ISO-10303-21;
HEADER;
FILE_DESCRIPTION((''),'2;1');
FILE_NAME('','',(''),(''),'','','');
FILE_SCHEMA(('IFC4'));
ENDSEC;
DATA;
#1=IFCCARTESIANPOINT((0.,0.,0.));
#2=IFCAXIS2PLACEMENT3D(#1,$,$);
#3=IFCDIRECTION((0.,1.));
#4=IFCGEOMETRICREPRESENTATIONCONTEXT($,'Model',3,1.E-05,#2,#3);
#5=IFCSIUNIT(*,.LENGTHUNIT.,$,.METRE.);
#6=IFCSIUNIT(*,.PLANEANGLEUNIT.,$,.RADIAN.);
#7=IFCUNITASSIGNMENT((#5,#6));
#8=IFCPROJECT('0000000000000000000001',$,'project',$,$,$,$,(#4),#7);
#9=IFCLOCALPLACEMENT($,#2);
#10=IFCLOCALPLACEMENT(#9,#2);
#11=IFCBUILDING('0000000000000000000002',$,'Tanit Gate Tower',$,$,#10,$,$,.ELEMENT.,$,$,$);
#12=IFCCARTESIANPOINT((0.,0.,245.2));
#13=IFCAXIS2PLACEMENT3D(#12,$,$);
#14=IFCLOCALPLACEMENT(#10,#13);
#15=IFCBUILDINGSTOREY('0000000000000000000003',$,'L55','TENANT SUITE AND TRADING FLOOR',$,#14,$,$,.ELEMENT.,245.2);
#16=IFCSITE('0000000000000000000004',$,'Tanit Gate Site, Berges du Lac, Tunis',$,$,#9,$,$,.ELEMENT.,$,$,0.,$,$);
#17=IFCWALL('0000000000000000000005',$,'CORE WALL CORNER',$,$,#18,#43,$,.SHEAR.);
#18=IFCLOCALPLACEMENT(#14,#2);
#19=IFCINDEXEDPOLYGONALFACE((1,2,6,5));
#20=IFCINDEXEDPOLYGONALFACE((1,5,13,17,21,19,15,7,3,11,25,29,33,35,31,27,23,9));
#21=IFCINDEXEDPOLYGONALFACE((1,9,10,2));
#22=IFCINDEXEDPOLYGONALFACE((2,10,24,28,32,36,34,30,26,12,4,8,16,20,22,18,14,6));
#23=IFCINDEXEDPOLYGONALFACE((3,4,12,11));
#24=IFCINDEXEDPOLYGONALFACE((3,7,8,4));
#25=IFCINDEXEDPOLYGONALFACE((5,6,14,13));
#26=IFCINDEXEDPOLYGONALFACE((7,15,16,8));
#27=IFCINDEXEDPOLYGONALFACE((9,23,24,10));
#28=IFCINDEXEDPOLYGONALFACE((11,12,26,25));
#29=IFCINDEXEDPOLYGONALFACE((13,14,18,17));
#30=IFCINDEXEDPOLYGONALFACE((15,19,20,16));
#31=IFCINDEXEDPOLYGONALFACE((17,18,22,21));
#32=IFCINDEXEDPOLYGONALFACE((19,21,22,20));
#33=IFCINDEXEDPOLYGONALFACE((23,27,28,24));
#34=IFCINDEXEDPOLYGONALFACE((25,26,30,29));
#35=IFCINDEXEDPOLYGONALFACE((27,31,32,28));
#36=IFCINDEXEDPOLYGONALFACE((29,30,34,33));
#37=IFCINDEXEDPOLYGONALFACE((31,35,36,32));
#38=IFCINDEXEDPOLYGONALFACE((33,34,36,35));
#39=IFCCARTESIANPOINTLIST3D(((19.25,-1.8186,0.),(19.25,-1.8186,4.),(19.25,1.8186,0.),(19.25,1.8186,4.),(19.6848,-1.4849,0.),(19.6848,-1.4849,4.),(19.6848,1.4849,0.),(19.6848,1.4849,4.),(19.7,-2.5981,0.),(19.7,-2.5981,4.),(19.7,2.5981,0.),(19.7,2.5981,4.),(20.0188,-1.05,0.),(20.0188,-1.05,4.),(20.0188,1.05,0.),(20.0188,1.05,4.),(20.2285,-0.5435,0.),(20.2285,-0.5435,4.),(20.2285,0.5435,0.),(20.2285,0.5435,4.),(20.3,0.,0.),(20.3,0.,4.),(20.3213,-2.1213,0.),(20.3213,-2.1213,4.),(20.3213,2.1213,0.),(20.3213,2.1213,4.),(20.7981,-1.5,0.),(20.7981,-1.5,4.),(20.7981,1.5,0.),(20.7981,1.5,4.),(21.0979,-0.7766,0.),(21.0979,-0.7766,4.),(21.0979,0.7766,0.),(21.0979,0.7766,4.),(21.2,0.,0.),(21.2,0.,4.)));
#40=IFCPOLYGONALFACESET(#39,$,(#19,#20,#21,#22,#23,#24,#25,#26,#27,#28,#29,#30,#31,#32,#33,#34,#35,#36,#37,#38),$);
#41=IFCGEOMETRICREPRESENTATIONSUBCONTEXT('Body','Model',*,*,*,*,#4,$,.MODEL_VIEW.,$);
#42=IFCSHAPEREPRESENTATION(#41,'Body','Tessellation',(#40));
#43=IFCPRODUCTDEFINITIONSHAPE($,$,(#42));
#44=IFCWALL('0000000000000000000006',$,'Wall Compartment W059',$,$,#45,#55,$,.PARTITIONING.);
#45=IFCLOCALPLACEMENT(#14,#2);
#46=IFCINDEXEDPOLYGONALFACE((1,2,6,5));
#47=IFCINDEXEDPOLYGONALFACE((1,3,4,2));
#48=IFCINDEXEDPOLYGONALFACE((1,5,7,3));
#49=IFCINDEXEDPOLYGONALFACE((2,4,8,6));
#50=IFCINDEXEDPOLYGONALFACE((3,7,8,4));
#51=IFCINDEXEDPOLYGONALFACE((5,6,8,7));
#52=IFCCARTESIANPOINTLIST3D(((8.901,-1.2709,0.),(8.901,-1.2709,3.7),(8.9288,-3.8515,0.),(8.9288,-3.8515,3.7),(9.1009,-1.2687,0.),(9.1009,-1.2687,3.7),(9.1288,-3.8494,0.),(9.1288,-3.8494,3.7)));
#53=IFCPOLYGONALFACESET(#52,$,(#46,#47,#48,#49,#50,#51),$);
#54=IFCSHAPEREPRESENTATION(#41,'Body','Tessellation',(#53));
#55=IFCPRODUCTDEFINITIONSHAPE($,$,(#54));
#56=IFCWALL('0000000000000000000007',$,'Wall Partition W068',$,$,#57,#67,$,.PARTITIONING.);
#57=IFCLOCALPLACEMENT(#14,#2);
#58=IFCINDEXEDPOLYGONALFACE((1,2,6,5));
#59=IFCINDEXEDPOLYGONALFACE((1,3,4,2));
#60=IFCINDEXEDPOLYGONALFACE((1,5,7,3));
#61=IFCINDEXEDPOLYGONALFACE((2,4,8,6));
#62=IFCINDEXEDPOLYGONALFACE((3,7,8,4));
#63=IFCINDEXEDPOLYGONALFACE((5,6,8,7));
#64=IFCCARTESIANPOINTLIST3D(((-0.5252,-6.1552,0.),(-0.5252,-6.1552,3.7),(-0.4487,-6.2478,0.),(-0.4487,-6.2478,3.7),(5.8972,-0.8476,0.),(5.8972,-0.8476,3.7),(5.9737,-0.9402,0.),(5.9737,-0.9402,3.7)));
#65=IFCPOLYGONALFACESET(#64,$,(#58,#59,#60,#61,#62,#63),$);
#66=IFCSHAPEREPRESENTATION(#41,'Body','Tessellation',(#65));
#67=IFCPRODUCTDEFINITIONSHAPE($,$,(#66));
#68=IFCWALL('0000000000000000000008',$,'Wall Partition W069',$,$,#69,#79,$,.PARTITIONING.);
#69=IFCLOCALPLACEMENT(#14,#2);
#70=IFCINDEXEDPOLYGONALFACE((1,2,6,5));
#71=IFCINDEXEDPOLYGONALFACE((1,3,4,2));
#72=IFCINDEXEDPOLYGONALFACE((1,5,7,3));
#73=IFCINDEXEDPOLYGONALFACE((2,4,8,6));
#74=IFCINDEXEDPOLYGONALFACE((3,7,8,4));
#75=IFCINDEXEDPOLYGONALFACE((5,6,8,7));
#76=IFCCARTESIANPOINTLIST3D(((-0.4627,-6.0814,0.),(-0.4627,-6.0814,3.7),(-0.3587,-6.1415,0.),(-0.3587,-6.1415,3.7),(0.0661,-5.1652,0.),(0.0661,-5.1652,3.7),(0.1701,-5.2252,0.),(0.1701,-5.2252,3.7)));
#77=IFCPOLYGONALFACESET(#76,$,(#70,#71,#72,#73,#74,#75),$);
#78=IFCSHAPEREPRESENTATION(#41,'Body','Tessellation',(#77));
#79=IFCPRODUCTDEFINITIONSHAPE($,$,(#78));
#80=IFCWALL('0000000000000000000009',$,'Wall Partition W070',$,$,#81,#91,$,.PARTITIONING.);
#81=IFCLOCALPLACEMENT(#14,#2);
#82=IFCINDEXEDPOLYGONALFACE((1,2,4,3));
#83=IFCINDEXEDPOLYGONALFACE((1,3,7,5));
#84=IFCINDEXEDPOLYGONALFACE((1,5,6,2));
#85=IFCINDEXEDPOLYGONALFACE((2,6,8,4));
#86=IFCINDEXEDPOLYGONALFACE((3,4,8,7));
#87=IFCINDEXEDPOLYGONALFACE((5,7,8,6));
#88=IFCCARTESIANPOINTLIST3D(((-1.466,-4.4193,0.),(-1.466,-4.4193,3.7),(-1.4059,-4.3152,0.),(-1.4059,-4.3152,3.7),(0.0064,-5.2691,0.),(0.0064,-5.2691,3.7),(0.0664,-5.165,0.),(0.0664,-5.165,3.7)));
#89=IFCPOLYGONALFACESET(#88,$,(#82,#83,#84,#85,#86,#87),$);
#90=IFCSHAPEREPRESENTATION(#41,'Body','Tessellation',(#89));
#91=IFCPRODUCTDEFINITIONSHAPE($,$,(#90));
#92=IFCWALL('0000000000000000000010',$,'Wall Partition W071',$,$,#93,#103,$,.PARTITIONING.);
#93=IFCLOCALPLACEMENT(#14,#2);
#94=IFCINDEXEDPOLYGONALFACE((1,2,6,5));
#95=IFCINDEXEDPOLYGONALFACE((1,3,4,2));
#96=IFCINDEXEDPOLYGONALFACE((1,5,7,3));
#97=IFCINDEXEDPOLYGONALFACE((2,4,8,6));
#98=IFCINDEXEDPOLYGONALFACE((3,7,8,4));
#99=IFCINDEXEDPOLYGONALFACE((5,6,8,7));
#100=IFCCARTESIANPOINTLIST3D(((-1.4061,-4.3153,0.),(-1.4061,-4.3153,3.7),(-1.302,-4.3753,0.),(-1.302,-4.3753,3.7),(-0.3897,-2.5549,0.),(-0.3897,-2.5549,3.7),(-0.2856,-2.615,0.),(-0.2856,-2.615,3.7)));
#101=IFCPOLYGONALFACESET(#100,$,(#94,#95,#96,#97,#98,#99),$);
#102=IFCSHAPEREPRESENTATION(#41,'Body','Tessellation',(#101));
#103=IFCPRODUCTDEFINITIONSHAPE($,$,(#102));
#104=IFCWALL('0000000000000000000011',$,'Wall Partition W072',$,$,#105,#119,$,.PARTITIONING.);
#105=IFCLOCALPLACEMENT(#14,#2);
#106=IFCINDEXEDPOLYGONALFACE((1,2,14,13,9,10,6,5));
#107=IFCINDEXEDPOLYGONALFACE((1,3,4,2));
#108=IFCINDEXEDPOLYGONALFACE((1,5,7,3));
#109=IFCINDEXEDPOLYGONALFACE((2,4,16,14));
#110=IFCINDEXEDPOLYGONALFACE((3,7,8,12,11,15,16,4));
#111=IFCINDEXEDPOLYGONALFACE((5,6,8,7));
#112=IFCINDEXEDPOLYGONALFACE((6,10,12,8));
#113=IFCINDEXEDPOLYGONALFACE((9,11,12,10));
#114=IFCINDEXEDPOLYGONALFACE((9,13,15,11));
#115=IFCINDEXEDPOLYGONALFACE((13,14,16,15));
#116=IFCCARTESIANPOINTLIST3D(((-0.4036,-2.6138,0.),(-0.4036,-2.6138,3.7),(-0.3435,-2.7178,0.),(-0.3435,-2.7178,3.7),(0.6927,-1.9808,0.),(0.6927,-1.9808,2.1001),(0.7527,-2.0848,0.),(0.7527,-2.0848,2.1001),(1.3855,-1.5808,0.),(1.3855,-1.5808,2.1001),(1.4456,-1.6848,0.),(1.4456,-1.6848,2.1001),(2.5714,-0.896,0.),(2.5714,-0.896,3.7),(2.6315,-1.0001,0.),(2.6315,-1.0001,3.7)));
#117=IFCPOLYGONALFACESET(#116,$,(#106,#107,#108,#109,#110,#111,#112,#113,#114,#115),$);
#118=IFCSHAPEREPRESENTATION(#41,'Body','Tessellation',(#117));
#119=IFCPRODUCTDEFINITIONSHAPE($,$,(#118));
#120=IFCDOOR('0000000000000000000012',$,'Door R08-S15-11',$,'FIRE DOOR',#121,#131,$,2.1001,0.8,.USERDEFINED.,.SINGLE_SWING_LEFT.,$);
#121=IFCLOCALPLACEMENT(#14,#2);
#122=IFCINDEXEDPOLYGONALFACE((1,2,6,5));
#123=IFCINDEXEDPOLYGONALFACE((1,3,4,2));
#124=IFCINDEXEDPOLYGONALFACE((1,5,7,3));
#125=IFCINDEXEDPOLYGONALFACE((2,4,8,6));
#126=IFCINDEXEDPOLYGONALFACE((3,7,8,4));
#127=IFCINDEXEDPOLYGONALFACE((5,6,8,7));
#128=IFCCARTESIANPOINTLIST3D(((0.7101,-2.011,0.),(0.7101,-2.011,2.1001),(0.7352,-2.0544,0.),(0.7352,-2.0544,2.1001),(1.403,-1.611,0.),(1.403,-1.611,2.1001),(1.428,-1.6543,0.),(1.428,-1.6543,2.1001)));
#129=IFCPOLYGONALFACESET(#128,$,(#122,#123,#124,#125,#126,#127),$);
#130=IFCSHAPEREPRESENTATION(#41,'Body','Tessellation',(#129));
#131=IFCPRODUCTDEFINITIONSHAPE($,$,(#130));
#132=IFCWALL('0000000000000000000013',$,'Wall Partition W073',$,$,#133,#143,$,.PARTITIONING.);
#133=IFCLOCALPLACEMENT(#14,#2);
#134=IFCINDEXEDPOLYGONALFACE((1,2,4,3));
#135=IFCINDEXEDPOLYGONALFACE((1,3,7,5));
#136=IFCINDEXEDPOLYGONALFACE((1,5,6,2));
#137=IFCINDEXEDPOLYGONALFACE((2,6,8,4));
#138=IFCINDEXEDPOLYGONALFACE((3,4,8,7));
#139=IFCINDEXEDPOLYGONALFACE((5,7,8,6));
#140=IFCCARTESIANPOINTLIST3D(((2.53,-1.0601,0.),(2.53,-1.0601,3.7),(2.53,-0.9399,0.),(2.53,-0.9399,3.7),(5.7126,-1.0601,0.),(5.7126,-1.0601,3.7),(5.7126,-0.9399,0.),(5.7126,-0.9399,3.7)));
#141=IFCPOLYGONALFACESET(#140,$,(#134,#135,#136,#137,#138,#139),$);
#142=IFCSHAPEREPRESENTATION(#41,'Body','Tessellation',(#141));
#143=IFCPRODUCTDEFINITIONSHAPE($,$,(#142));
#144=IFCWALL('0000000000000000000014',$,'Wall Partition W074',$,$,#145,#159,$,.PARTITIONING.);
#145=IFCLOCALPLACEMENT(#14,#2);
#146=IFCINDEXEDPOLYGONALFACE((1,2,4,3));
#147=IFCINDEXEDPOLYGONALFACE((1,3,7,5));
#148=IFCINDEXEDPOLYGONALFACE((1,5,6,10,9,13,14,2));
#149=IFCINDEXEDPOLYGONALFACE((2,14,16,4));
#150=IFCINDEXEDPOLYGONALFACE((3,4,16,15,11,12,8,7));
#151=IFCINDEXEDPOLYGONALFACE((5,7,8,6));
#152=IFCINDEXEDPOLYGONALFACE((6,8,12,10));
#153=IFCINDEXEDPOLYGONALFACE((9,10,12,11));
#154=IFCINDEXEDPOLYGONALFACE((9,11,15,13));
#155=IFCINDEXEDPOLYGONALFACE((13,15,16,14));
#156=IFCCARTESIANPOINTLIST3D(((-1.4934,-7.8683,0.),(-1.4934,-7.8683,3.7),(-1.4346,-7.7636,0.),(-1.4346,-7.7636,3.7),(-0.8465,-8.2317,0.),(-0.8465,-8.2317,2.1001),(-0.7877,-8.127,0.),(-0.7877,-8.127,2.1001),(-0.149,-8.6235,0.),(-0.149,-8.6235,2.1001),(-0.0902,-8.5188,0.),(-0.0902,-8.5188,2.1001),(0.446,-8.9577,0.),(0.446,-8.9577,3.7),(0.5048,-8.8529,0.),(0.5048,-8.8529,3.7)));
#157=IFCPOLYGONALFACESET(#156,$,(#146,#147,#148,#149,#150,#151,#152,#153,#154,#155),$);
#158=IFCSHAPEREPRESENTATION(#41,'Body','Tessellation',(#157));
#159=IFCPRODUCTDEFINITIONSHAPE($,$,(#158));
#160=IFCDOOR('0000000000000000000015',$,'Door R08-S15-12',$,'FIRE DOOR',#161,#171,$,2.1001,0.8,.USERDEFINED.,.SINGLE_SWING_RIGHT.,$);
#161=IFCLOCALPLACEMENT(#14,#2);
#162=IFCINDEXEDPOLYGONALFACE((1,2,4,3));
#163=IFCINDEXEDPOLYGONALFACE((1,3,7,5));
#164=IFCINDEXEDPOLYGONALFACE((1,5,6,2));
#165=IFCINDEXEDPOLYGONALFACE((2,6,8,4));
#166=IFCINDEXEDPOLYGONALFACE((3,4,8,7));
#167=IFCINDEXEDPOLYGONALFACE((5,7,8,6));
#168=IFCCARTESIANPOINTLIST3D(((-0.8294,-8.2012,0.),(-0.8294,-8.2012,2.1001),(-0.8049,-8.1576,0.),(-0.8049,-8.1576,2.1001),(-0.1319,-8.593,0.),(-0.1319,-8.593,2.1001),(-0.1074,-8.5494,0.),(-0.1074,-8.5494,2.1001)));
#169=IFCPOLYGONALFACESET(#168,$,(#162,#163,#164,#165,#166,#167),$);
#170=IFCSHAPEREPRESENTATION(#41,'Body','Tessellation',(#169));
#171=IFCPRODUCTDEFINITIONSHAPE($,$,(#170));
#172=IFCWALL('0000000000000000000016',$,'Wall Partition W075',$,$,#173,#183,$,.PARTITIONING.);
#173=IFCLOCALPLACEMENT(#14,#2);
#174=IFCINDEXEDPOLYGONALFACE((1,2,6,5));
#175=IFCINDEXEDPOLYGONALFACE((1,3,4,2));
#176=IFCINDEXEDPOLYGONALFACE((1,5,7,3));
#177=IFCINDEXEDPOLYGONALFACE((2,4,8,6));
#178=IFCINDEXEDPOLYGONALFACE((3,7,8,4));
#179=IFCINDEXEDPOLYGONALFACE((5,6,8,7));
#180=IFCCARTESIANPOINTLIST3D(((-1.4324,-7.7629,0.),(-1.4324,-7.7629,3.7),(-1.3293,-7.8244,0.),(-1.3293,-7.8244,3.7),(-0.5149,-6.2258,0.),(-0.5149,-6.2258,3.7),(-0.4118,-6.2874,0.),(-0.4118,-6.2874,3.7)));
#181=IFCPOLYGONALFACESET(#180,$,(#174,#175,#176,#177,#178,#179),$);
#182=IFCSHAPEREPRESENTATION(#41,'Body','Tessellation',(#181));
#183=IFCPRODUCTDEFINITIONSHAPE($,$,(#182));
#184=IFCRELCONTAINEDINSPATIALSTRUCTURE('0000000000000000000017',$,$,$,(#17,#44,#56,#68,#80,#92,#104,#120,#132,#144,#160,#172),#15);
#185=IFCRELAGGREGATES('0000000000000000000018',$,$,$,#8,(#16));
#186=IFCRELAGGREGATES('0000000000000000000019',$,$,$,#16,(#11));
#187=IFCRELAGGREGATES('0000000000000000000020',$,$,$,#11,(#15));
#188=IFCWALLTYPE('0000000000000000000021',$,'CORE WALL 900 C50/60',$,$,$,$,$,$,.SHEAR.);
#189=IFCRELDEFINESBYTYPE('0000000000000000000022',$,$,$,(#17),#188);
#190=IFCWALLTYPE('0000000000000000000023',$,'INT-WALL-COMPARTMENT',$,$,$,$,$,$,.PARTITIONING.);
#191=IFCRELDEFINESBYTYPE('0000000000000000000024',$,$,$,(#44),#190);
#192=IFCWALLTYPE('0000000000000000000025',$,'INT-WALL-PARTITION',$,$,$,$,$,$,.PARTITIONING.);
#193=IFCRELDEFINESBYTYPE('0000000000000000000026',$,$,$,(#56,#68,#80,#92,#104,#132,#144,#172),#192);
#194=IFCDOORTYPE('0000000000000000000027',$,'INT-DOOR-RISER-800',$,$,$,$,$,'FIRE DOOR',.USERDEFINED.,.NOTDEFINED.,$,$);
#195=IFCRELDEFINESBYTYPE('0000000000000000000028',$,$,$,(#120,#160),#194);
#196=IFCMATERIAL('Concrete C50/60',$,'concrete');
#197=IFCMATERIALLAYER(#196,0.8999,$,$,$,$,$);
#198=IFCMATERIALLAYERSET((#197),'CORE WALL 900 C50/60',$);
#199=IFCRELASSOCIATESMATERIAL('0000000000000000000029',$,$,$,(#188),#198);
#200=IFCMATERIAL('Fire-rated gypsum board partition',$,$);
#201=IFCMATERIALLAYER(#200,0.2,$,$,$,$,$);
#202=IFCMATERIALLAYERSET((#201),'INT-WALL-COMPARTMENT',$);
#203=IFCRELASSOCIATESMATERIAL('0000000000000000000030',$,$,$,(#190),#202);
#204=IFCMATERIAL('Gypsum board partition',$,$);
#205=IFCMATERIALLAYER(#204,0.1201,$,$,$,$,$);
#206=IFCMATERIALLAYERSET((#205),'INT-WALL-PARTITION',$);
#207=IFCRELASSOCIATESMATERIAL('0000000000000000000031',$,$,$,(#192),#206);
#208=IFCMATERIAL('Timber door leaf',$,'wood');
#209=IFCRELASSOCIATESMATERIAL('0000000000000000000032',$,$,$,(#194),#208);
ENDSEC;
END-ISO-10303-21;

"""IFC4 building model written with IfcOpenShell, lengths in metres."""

from ifc_helpers import new_model, si_unit, direction, frame, frame_2d, origin, place, context, subcontext, project, spatial, polyline, rectangle, outline, extrude, material, layer, layer_set, type_object, element, fill, save


model = new_model("IFC4")

# Units and contexts
model_context = context("Model", 3, precision=1e-05, world=origin(), true_north=direction((0.0, 1.0)))
body_context = subcontext(model_context, "Body", "Model", "MODEL_VIEW")
ifc_project = project(units=[si_unit("LENGTHUNIT", "METRE"), si_unit("PLANEANGLEUNIT", "RADIAN")], contexts=[model_context])

# Site, building, storey
site_placement = place(None, origin())
site = spatial("IfcSite", under=ifc_project, at=site_placement, Name="Tanit Gate Site, Berges du Lac, Tunis", CompositionType="ELEMENT", RefElevation=0.0)
building_placement = place(site_placement, origin())
building = spatial("IfcBuilding", under=site, at=building_placement, Name="Tanit Gate Tower", CompositionType="ELEMENT")
storey_placement = place(building_placement, frame((0.0, 0.0, 245.2)))
storey = spatial("IfcBuildingStorey", under=building, at=storey_placement, Name="L55", Description="TENANT SUITE AND TRADING FLOOR", CompositionType="ELEMENT", Elevation=245.2)

# Walls
ifc_material_1 = material(Name="Concrete C50/60", Category="concrete")
ifc_layer_1 = layer(ifc_material_1, 0.8999)
ifc_layer_set_1 = layer_set([ifc_layer_1], Name="CORE WALL 900 C50/60")
wall_type_1 = type_object("IfcWallType", Name="CORE WALL 900 C50/60", PredefinedType="SHEAR", material=ifc_layer_set_1)
wall_1_placement = place(storey_placement, origin())
element("IfcWall", 1, at=wall_1_placement, inside=storey, type_object=wall_type_1, Name="CORE WALL CORNER", PredefinedType="SHEAR", context=body_context, shape_type="SweptSolid", body=[
    extrude(outline(polyline([(19.7, -2.5981), (20.3213, -2.1213), (20.7981, -1.5), (21.0979, -0.7766), (21.2, 0.0), (21.0979, 0.7766), (20.7981, 1.5), (20.3213, 2.1213), (19.7, 2.5981), (19.25, 1.8186), (19.6848, 1.4849), (20.0188, 1.05), (20.2285, 0.5435), (20.3, 0.0), (20.2285, -0.5435), (20.0188, -1.05), (19.6848, -1.4849), (19.25, -1.8186), (19.7, -2.5981)])), origin(), (0.0, 0.0, 1.0), 4.0),
])
ifc_material_2 = material(Name="Fire-rated gypsum board partition")
ifc_layer_2 = layer(ifc_material_2, 0.2)
ifc_layer_set_2 = layer_set([ifc_layer_2], Name="INT-WALL-COMPARTMENT")
wall_type_2 = type_object("IfcWallType", Name="INT-WALL-COMPARTMENT", PredefinedType="PARTITIONING", material=ifc_layer_set_2)
wall_2_placement = place(storey_placement, frame((9.0288, -3.8506, 0.0), z_axis=(0.0, 0.0, 1.0), x_axis=(-0.010785, 0.999942, 0.0)))
element("IfcWall", 2, at=wall_2_placement, inside=storey, type_object=wall_type_2, Name="Wall Compartment W059", PredefinedType="PARTITIONING", context=body_context, shape_type="SweptSolid", body=[
    extrude(rectangle(XDim=2.5808, YDim=0.2, at=frame_2d((1.2905, 0.0))), origin(), (0.0, 0.0, 1.0), 3.7),
])
ifc_material_3 = material(Name="Gypsum board partition")
ifc_layer_3 = layer(ifc_material_3, 0.1201)
ifc_layer_set_3 = layer_set([ifc_layer_3], Name="INT-WALL-PARTITION")
wall_type_3 = type_object("IfcWallType", Name="INT-WALL-PARTITION", PredefinedType="PARTITIONING", material=ifc_layer_set_3)
wall_3_placement = place(storey_placement, frame((5.9355, -0.8938, 0.0), z_axis=(0.0, 0.0, 1.0), x_axis=(-0.770833, -0.637037, 0.0)))
element("IfcWall", 3, at=wall_3_placement, inside=storey, type_object=wall_type_3, Name="Wall Partition W068", PredefinedType="PARTITIONING", context=body_context, shape_type="SweptSolid", body=[
    extrude(rectangle(XDim=8.3318, YDim=0.1201, at=frame_2d((4.166, 0.0))), origin(), (0.0, 0.0, 1.0), 3.7),
])
wall_4_placement = place(storey_placement, frame((-0.4106, -6.1113, 0.0), z_axis=(0.0, 0.0, 1.0), x_axis=(0.499862, 0.866105, 0.0)))
element("IfcWall", 4, at=wall_4_placement, inside=storey, type_object=wall_type_3, Name="Wall Partition W069", PredefinedType="PARTITIONING", context=body_context, shape_type="SweptSolid", body=[
    extrude(rectangle(XDim=1.0579, YDim=0.1201, at=frame_2d((0.5288, 0.0))), origin(), (0.0, 0.0, 1.0), 3.7),
])
wall_5_placement = place(storey_placement, frame((-1.436, -4.3672, 0.0), z_axis=(0.0, 0.0, 1.0), x_axis=(0.866088, -0.499892, 0.0)))
element("IfcWall", 5, at=wall_5_placement, inside=storey, type_object=wall_type_3, Name="Wall Partition W070", PredefinedType="PARTITIONING", context=body_context, shape_type="SweptSolid", body=[
    extrude(rectangle(XDim=1.7, YDim=0.1201, at=frame_2d((0.8501, 0.0))), origin(), (0.0, 0.0, 1.0), 3.7),
])
wall_6_placement = place(storey_placement, frame((-0.3376, -2.585, 0.0), z_axis=(0.0, 0.0, 1.0), x_axis=(-0.500027, -0.86601, 0.0)))
element("IfcWall", 6, at=wall_6_placement, inside=storey, type_object=wall_type_3, Name="Wall Partition W071", PredefinedType="PARTITIONING", context=body_context, shape_type="SweptSolid", body=[
    extrude(rectangle(XDim=2.0327, YDim=0.1201, at=frame_2d((1.0164, 0.0))), origin(), (0.0, 0.0, 1.0), 3.7),
])

# Wall, opening, door
wall_7_placement = place(storey_placement, frame((2.6016, -0.948, 0.0), z_axis=(0.0, 0.0, 1.0), x_axis=(-0.866013, -0.500022, 0.0)))
wall_7 = element("IfcWall", 7, at=wall_7_placement, inside=storey, type_object=wall_type_3, Name="Wall Partition W072", PredefinedType="PARTITIONING", context=body_context, shape_type="SweptSolid", body=[
    extrude(rectangle(XDim=3.4353, YDim=0.1201, at=frame_2d((1.7178, 0.0))), origin(), (0.0, 0.0, 1.0), 3.7),
])
opening_1_placement = place(wall_7_placement, frame((1.3696, 0.0, 0.0)))
opening_1 = element("IfcOpeningElement", 8, at=opening_1_placement, cuts=wall_7, PredefinedType="OPENING", context=body_context, shape_type="SweptSolid", body=[
    extrude(rectangle(XDim=0.8, YDim=2.1001, at=frame_2d((0.3999, 1.05))), frame((0.0, 0.0701, 0.0), z_axis=(0.0, -1.0, 0.0), x_axis=(1.0, 0.0, 0.0)), (0.0, 0.0, 1.0), 0.1401),
])
ifc_material_4 = material(Name="Timber door leaf", Category="wood")
door_type = type_object("IfcDoorType", Name="INT-DOOR-RISER-800", ElementType="FIRE DOOR", OperationType="NOTDEFINED", PredefinedType="USERDEFINED", material=ifc_material_4)
door_1_placement = place(opening_1_placement, origin())
door_1 = element("IfcDoor", 9, at=door_1_placement, inside=storey, type_object=door_type, Name="Door R08-S15-11", ObjectType="FIRE DOOR", OperationType="SINGLE_SWING_LEFT", OverallHeight=2.1001, OverallWidth=0.8, PredefinedType="USERDEFINED", context=body_context, shape_type="SweptSolid", body=[
    extrude(rectangle(XDim=0.8, YDim=2.1001, at=frame_2d((0.3999, 1.05))), frame((0.0, 0.0249, 0.0), z_axis=(0.0, -1.0, 0.0), x_axis=(1.0, 0.0, 0.0)), (0.0, 0.0, 1.0), 0.05),
])
fill(opening_1, door_1)

# Wall
wall_8_placement = place(storey_placement, frame((5.7126, -1.0, 0.0), z_axis=(0.0, 0.0, 1.0), x_axis=(-1.0, 0.0, 0.0)))
element("IfcWall", 10, at=wall_8_placement, inside=storey, type_object=wall_type_3, Name="Wall Partition W073", PredefinedType="PARTITIONING", context=body_context, shape_type="SweptSolid", body=[
    extrude(rectangle(XDim=3.1826, YDim=0.1201, at=frame_2d((1.5913, 0.0))), origin(), (0.0, 0.0, 1.0), 3.7),
])

# Wall, opening, door
wall_9_placement = place(storey_placement, frame((-1.4641, -7.8159, 0.0), z_axis=(0.0, 0.0, 1.0), x_axis=(0.87188, -0.489719, 0.0)))
wall_9 = element("IfcWall", 11, at=wall_9_placement, inside=storey, type_object=wall_type_3, Name="Wall Partition W074", PredefinedType="PARTITIONING", context=body_context, shape_type="SweptSolid", body=[
    extrude(rectangle(XDim=2.2244, YDim=0.1201, at=frame_2d((1.1123, 0.0))), origin(), (0.0, 0.0, 1.0), 3.7),
])
opening_2_placement = place(wall_9_placement, frame((0.7422, 0.0, 0.0)))
opening_2 = element("IfcOpeningElement", 12, at=opening_2_placement, cuts=wall_9, PredefinedType="OPENING", context=body_context, shape_type="SweptSolid", body=[
    extrude(rectangle(XDim=0.8, YDim=2.1001, at=frame_2d((0.3999, 1.05))), frame((0.0, 0.0701, 0.0), z_axis=(0.0, -1.0, 0.0), x_axis=(1.0, 0.0, 0.0)), (0.0, 0.0, 1.0), 0.1401),
])
door_2_placement = place(opening_2_placement, origin())
door_2 = element("IfcDoor", 13, at=door_2_placement, inside=storey, type_object=door_type, Name="Door R08-S15-12", ObjectType="FIRE DOOR", OperationType="SINGLE_SWING_RIGHT", OverallHeight=2.1001, OverallWidth=0.8, PredefinedType="USERDEFINED", context=body_context, shape_type="SweptSolid", body=[
    extrude(rectangle(XDim=0.8, YDim=2.1001, at=frame_2d((0.3999, 1.05))), frame((0.0, 0.0249, 0.0), z_axis=(0.0, -1.0, 0.0), x_axis=(1.0, 0.0, 0.0)), (0.0, 0.0, 1.0), 0.05),
])
fill(opening_2, door_2)

# Wall
wall_10_placement = place(storey_placement, frame((-0.4634, -6.2566, 0.0), z_axis=(0.0, 0.0, 1.0), x_axis=(-0.512529, -0.85867, 0.0)))
element("IfcWall", 14, at=wall_10_placement, inside=storey, type_object=wall_type_3, Name="Wall Partition W075", PredefinedType="PARTITIONING", context=body_context, shape_type="SweptSolid", body=[
    extrude(rectangle(XDim=1.79, YDim=0.1201, at=frame_2d((0.895, 0.0))), origin(), (0.0, 0.0, 1.0), 3.7),
])

save(model, "model.ifc")
